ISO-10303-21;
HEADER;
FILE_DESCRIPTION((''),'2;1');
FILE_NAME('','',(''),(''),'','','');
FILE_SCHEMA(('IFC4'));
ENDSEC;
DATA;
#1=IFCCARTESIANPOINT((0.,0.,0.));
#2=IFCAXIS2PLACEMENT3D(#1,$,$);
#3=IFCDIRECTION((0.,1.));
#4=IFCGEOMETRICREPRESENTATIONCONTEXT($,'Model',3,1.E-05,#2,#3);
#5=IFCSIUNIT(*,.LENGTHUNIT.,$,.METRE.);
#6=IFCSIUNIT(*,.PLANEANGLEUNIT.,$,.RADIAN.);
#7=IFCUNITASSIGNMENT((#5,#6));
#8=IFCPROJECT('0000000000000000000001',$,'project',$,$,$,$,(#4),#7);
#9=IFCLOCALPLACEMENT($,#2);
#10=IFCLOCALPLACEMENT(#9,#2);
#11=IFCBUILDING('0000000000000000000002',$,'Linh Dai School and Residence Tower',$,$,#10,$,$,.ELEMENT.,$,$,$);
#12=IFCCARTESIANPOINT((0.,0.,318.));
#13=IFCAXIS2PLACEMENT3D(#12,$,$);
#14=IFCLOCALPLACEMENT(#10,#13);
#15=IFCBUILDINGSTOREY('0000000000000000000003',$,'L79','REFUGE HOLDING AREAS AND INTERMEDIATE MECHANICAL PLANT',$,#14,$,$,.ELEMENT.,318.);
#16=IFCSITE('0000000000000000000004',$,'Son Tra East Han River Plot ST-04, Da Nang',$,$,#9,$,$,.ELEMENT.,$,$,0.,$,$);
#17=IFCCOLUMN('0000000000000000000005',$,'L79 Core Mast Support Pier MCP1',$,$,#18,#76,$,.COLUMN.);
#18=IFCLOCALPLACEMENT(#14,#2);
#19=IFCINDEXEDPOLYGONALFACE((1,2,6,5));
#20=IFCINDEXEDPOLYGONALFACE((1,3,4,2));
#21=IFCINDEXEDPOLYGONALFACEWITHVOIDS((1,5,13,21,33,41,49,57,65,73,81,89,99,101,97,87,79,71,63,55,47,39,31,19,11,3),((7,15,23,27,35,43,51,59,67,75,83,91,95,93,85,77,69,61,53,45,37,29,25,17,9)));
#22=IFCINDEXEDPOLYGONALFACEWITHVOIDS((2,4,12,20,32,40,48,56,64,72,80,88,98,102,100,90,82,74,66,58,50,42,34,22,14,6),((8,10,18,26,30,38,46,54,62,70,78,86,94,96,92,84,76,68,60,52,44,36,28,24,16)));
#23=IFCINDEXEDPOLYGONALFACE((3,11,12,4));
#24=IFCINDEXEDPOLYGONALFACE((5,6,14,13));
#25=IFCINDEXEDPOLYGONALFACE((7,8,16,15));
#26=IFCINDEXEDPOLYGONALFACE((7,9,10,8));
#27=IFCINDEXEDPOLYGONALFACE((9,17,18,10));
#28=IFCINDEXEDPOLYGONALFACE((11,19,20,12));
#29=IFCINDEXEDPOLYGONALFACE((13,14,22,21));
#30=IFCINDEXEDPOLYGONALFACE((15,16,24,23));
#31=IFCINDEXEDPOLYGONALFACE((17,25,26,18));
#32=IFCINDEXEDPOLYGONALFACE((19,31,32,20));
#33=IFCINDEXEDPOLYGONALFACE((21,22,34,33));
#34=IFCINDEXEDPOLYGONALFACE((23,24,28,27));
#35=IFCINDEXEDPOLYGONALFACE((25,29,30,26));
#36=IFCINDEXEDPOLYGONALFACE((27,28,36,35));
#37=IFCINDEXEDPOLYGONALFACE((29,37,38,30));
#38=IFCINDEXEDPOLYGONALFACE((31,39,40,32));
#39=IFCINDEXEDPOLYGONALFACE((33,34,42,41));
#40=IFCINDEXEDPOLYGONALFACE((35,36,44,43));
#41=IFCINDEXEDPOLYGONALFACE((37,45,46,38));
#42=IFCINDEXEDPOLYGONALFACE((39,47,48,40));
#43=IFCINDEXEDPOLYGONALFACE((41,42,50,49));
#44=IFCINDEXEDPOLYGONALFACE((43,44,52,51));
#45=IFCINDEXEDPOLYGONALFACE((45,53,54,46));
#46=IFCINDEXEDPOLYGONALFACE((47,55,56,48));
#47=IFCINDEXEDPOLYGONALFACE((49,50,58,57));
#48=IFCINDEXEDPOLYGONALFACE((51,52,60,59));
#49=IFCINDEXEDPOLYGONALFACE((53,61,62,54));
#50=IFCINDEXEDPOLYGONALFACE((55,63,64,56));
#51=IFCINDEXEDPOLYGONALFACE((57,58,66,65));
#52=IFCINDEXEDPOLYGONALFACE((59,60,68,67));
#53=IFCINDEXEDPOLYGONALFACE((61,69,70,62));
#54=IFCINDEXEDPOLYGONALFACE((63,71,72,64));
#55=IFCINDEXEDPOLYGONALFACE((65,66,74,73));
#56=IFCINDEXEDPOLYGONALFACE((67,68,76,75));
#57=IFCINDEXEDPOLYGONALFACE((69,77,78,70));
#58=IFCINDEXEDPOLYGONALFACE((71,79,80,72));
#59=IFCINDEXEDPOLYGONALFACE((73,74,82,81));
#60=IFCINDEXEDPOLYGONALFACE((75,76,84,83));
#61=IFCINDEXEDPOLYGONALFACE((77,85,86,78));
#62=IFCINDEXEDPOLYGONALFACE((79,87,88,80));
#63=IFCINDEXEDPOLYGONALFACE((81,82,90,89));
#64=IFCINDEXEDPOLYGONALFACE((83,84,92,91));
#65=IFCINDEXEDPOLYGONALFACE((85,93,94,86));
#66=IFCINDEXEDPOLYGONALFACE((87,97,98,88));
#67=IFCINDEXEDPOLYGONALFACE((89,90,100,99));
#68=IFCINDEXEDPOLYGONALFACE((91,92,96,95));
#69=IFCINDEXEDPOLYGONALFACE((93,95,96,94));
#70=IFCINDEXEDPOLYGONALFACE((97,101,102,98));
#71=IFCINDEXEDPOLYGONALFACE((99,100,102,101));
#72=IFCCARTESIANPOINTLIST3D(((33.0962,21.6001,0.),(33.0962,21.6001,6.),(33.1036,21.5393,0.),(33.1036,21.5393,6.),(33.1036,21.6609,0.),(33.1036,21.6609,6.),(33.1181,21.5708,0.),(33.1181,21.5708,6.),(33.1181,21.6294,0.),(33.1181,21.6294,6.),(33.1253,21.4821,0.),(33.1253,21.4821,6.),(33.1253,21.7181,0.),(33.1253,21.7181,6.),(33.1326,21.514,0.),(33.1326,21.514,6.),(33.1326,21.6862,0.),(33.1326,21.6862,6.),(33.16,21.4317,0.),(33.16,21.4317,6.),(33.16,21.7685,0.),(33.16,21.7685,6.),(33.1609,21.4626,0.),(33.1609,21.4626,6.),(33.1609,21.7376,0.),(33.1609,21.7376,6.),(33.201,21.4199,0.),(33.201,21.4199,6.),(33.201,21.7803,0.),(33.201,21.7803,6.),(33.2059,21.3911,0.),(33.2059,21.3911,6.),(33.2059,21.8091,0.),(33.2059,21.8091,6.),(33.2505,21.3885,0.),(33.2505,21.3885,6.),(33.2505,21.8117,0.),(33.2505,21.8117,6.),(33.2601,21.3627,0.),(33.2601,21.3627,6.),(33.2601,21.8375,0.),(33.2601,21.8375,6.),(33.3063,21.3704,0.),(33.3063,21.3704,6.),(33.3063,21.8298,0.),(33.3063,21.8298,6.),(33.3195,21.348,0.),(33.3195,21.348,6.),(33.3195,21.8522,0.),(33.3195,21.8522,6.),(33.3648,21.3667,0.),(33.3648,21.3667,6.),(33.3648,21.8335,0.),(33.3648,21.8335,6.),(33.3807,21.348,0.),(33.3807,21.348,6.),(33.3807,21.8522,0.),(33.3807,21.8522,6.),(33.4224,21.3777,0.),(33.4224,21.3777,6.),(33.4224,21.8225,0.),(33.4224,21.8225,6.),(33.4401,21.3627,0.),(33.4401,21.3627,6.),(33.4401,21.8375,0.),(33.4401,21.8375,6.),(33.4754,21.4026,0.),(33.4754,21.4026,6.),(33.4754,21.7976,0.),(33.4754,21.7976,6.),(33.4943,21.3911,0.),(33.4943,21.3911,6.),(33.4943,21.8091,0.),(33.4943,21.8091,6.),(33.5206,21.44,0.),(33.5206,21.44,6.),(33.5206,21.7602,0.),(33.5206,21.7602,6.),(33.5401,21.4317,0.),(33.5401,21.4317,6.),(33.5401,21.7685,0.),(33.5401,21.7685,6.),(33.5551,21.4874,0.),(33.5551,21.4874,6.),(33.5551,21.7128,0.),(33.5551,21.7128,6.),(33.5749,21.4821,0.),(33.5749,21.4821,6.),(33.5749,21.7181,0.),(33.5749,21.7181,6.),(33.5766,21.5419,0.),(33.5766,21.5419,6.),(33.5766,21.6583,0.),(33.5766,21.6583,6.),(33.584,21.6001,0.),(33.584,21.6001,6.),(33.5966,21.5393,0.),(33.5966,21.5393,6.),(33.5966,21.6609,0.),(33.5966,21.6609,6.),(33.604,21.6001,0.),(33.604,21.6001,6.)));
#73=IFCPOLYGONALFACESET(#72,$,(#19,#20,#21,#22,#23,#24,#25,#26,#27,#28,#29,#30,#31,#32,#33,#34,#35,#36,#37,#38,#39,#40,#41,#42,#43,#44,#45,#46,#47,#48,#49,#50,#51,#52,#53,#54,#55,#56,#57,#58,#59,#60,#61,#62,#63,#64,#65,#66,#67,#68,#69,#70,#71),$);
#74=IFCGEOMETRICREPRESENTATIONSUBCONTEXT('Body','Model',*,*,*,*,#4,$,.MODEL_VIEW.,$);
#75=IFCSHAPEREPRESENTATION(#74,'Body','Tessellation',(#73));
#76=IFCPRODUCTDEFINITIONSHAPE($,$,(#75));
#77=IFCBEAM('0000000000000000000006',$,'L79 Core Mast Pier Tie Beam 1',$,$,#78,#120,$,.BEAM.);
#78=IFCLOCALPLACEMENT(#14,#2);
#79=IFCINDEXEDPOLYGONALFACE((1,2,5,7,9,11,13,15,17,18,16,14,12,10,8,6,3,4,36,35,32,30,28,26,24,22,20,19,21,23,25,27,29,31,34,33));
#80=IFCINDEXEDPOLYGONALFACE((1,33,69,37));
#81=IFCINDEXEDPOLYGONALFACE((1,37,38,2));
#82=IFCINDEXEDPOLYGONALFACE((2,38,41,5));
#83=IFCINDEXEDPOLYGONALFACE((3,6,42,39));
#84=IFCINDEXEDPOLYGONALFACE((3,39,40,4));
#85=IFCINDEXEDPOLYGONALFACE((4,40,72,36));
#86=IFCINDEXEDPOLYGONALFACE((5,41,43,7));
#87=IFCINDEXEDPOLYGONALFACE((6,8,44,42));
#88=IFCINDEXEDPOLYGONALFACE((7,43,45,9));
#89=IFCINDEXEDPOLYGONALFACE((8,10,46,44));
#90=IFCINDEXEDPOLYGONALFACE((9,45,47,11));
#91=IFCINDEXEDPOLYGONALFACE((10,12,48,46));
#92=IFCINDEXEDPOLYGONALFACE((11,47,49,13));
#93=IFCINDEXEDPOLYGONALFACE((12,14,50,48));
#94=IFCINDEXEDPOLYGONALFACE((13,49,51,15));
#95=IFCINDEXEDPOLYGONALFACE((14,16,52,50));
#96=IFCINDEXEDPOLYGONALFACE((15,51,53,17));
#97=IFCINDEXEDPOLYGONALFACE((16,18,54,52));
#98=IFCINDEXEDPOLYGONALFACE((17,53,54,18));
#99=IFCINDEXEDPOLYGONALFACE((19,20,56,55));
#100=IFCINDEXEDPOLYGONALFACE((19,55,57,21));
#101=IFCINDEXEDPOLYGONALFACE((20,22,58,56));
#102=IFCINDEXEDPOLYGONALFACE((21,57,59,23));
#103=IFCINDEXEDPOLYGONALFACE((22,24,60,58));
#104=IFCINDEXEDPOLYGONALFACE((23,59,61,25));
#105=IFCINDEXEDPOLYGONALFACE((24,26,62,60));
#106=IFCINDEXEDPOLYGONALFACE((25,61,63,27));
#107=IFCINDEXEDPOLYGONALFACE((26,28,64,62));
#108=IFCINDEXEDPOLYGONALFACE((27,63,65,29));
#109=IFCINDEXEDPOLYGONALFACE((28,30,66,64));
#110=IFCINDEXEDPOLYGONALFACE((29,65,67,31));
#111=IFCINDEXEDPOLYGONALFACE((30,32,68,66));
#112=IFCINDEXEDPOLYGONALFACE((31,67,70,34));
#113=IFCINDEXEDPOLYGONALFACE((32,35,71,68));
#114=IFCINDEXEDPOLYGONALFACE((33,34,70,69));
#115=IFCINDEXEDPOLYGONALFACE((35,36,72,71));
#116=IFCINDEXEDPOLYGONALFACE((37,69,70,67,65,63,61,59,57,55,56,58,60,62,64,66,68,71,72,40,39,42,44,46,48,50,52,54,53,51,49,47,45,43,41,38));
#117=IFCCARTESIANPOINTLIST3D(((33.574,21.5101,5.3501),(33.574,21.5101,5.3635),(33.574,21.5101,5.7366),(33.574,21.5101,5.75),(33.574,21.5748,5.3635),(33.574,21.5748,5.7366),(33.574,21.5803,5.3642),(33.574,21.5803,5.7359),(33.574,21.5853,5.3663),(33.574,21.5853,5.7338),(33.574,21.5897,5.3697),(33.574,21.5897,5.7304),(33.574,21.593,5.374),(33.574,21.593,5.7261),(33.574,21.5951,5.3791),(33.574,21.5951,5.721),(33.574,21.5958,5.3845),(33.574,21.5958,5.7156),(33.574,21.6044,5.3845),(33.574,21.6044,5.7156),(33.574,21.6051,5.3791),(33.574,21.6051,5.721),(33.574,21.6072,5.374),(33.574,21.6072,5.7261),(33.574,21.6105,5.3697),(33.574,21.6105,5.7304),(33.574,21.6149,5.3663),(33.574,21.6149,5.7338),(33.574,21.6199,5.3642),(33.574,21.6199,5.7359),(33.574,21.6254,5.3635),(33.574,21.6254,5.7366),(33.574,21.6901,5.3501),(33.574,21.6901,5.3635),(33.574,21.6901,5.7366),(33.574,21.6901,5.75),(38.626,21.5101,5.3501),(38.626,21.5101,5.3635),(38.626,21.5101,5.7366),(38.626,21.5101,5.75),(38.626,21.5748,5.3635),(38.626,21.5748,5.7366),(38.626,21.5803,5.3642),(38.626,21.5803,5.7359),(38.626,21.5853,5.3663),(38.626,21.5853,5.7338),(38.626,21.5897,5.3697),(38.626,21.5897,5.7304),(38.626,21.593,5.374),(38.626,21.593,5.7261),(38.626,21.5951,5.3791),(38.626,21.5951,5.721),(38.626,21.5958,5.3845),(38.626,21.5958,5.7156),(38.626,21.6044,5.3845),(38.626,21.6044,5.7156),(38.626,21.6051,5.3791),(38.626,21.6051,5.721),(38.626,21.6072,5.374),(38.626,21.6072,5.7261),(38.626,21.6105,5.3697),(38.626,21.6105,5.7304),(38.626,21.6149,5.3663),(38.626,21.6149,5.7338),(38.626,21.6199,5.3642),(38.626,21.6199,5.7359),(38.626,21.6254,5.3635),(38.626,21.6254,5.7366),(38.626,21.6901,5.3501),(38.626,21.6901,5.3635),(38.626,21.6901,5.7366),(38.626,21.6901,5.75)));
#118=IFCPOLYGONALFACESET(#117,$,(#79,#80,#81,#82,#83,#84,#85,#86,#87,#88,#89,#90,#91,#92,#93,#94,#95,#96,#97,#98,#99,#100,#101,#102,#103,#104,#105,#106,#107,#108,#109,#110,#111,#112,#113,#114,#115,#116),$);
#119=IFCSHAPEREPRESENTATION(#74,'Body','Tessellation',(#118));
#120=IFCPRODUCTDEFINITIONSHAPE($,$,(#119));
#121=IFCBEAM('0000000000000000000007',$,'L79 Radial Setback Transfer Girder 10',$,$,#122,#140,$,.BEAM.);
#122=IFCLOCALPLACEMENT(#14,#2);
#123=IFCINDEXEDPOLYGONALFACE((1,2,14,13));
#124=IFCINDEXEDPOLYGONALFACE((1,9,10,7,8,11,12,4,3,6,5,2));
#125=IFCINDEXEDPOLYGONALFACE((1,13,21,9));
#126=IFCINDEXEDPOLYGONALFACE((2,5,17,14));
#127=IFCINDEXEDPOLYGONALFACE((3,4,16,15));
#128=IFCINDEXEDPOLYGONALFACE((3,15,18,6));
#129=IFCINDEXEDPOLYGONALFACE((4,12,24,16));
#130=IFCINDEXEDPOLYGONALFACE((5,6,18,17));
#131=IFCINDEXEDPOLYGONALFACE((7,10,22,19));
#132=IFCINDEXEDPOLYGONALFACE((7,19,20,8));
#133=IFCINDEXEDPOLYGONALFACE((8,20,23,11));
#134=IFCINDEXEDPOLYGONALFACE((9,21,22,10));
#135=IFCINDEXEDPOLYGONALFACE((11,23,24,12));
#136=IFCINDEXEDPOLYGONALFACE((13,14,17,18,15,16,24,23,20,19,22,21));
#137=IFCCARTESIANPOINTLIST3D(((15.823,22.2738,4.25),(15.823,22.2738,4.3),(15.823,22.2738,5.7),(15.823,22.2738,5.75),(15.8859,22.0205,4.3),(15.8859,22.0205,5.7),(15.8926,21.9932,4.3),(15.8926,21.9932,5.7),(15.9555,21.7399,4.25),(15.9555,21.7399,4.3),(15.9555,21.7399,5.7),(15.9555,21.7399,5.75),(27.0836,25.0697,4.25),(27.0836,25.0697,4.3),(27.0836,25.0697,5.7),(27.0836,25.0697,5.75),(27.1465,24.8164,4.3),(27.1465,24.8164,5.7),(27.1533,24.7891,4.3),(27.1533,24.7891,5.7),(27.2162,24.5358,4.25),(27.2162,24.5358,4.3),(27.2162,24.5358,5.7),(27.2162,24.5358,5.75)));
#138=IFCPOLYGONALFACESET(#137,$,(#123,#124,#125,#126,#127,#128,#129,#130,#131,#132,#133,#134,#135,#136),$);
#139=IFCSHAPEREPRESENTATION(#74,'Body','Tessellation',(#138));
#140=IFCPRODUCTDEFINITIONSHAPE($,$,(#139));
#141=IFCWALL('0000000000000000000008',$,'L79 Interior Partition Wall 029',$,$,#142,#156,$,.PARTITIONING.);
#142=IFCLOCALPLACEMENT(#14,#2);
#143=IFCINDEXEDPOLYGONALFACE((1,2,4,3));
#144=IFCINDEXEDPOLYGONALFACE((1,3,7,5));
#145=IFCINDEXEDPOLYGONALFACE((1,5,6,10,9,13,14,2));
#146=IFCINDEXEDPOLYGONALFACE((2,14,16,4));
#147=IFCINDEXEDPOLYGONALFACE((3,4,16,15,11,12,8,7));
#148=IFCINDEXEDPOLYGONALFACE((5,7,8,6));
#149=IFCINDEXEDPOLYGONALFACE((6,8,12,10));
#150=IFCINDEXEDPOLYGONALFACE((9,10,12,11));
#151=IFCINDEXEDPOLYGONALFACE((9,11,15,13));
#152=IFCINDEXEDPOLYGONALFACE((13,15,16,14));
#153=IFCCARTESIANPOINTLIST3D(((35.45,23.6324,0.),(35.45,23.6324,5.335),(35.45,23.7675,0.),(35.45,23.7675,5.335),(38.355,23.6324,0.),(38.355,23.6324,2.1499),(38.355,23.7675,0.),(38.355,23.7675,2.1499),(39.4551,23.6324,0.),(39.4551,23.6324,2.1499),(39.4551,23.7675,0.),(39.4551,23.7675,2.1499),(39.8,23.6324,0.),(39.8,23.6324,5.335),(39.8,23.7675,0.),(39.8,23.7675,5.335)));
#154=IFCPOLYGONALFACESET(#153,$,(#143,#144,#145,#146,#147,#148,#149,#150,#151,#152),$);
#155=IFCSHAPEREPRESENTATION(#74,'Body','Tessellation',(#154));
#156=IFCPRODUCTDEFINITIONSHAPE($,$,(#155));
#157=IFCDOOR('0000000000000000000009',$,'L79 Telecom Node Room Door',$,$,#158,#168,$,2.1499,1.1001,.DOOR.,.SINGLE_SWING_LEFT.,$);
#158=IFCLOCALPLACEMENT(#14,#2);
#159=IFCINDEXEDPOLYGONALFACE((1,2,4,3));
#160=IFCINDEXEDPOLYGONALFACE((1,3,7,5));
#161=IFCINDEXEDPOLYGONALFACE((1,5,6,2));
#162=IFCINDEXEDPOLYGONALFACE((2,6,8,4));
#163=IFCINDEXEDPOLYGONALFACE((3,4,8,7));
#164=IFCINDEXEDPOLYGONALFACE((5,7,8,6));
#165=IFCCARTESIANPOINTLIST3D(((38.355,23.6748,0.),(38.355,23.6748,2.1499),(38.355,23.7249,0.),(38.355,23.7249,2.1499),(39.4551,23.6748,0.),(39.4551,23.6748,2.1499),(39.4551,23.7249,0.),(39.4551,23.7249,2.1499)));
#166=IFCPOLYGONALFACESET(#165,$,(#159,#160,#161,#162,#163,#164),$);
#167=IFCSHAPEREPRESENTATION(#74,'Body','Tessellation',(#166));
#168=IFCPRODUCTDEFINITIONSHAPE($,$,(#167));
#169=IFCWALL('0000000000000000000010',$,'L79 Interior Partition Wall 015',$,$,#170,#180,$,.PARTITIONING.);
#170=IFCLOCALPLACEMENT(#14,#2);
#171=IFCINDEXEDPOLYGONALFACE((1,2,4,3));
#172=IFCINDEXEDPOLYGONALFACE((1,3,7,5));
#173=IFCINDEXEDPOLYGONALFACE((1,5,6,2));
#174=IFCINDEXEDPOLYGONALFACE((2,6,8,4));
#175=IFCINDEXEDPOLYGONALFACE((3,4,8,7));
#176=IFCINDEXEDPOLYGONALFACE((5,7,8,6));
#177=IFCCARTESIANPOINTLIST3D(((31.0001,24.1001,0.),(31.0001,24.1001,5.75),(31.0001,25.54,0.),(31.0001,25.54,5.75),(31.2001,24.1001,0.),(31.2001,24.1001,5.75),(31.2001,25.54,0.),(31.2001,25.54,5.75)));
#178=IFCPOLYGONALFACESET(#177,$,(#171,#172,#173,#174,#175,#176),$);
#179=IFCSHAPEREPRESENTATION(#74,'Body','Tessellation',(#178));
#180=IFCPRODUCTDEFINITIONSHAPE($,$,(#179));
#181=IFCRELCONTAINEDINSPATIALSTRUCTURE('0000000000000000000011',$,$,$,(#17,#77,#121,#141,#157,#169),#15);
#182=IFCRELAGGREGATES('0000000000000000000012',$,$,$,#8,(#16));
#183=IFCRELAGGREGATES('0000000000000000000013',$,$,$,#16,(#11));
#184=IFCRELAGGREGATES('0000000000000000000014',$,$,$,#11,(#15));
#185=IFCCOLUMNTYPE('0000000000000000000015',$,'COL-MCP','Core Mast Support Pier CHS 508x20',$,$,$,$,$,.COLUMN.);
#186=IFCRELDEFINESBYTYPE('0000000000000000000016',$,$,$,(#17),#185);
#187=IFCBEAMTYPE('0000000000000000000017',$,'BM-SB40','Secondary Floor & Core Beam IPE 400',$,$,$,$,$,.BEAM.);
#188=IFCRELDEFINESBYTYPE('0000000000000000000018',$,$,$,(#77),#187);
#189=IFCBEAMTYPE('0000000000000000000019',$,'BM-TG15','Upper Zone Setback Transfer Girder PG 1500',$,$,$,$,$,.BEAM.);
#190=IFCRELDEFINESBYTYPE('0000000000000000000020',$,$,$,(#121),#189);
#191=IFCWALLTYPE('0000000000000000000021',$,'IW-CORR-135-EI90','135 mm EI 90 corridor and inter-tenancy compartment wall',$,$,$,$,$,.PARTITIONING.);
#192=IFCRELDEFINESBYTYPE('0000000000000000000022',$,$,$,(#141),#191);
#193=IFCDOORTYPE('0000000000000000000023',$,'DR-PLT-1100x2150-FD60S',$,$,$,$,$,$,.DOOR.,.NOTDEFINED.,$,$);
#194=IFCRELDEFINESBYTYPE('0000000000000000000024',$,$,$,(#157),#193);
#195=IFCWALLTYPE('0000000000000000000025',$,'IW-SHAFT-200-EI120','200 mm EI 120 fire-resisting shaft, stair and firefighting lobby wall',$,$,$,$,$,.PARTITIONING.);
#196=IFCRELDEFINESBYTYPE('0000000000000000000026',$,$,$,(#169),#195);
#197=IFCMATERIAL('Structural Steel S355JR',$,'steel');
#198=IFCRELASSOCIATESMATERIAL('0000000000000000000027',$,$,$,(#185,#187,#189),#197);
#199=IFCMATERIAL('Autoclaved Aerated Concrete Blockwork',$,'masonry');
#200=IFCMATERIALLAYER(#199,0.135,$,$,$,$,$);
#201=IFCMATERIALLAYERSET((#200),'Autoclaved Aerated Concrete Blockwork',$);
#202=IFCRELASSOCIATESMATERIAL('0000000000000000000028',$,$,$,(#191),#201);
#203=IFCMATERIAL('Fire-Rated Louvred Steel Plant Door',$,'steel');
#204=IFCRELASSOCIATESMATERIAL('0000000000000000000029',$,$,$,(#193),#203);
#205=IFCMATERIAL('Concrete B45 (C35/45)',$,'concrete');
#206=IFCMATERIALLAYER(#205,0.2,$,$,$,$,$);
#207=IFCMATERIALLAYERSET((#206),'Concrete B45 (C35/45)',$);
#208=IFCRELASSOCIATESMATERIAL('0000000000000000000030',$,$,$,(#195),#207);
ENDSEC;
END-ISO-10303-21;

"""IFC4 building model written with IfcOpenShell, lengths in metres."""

from ifc_helpers import new_model, si_unit, direction, frame, frame_2d, origin, origin_2d, place, context, subcontext, project, spatial, rectangle, hollow_circle, i_section, extrude, source, transform, mapped, material, layer, layer_set, material_profile, profile_set, type_object, element, fill, save


model = new_model("IFC4")

# Units and contexts
model_context = context("Model", 3, precision=1e-05, world=origin(), true_north=direction((0.0, 1.0)))
body_context = subcontext(model_context, "Body", "Model", "MODEL_VIEW")
ifc_project = project(units=[si_unit("LENGTHUNIT", "METRE"), si_unit("PLANEANGLEUNIT", "RADIAN")], contexts=[model_context])

# Site, building, storey
site_placement = place(None, origin())
site = spatial("IfcSite", under=ifc_project, at=site_placement, Name="Son Tra East Han River Plot ST-04, Da Nang", CompositionType="ELEMENT", RefElevation=0.0)
building_placement = place(site_placement, origin())
building = spatial("IfcBuilding", under=site, at=building_placement, Name="Linh Dai School and Residence Tower", CompositionType="ELEMENT")
storey_placement = place(building_placement, frame((0.0, 0.0, 318.0)))
storey = spatial("IfcBuildingStorey", under=building, at=storey_placement, Name="L79", Description="REFUGE HOLDING AREAS AND INTERMEDIATE MECHANICAL PLANT", CompositionType="ELEMENT", Elevation=318.0)

# Column
ifc_material_1 = material(Name="Structural Steel S355JR", Category="steel")
ifc_material_profile_1 = material_profile(ifc_material_1, hollow_circle(Radius=0.2539, WallThickness=0.02, at=origin_2d()), Name="CHS 508x20")
ifc_profile_set_1 = profile_set([ifc_material_profile_1], Name="Structural Steel S355JR")
column_type_1 = type_object("IfcColumnType", Name="COL-MCP", Description="Core Mast Support Pier CHS 508x20", PredefinedType="COLUMN", material=ifc_profile_set_1)
column_placement = place(storey_placement, frame((33.3501, 21.6001, 0.0), z_axis=(0.0, 0.0, 1.0), x_axis=(1.0, 0.0, 0.0)))
element("IfcColumn", 1, at=column_placement, inside=storey, type_object=column_type_1, Name="L79 Core Mast Support Pier MCP1", PredefinedType="COLUMN", context=body_context, shape_type="SweptSolid", body=[
    extrude(hollow_circle(Radius=0.2539, WallThickness=0.02, at=origin_2d()), origin(), (0.0, 0.0, 1.0), 6.0),
])

# Beams
ifc_material_profile_2 = material_profile(ifc_material_1, i_section(OverallWidth=0.1799, OverallDepth=0.3999, WebThickness=0.0085, FlangeThickness=0.0134, FilletRadius=0.021, at=origin_2d()), Name="IPE 400")
ifc_profile_set_2 = profile_set([ifc_material_profile_2], Name="Structural Steel S355JR")
beam_type_1 = type_object("IfcBeamType", Name="BM-SB40", Description="Secondary Floor & Core Beam IPE 400", PredefinedType="BEAM", material=ifc_profile_set_2)
beam_1_placement = place(storey_placement, frame((33.574, 21.6001, 5.55), z_axis=(1.0, 0.0, 0.0), x_axis=(0.0, 1.0, 0.0)))
element("IfcBeam", 2, at=beam_1_placement, inside=storey, type_object=beam_type_1, Name="L79 Core Mast Pier Tie Beam 1", PredefinedType="BEAM", context=body_context, shape_type="SweptSolid", body=[
    extrude(i_section(OverallWidth=0.1799, OverallDepth=0.3999, WebThickness=0.0085, FlangeThickness=0.0134, FilletRadius=0.021, at=origin_2d()), origin(), (0.0, 0.0, 1.0), 5.052),
])
ifc_material_profile_3 = material_profile(ifc_material_1, i_section(OverallWidth=0.55, OverallDepth=1.5, WebThickness=0.0281, FlangeThickness=0.05, at=origin_2d()), Name="PG 1500x550x28x50")
ifc_profile_set_3 = profile_set([ifc_material_profile_3], Name="Structural Steel S355JR")
beam_type_2 = type_object("IfcBeamType", Name="BM-TG15", Description="Upper Zone Setback Transfer Girder PG 1500", PredefinedType="BEAM", material=ifc_profile_set_3)
beam_2_placement = place(storey_placement, frame((27.1499, 24.8027, 5.0), z_axis=(-0.970532, -0.240971, 0.0), x_axis=(0.240971, -0.970532, 0.0)))
element("IfcBeam", 3, at=beam_2_placement, inside=storey, type_object=beam_type_2, Name="L79 Radial Setback Transfer Girder 10", PredefinedType="BEAM", context=body_context, shape_type="SweptSolid", body=[
    extrude(i_section(OverallWidth=0.55, OverallDepth=1.5, WebThickness=0.0281, FlangeThickness=0.05, at=origin_2d()), origin(), (0.0, 0.0, 1.0), 11.6025),
])

# Wall, opening, door
ifc_material_2 = material(Name="Autoclaved Aerated Concrete Blockwork", Category="masonry")
ifc_layer_1 = layer(ifc_material_2, 0.135)
ifc_layer_set_1 = layer_set([ifc_layer_1], Name="Autoclaved Aerated Concrete Blockwork")
wall_type_1 = type_object("IfcWallType", Name="IW-CORR-135-EI90", Description="135 mm EI 90 corridor and inter-tenancy compartment wall", PredefinedType="PARTITIONING", material=ifc_layer_set_1)
wall_1_placement = place(storey_placement, frame((35.45, 23.7, 0.0), z_axis=(0.0, 0.0, 1.0), x_axis=(1.0, 0.0, 0.0)))
wall_1 = element("IfcWall", 4, at=wall_1_placement, inside=storey, type_object=wall_type_1, Name="L79 Interior Partition Wall 029", PredefinedType="PARTITIONING", context=body_context, shape_type="SweptSolid", body=[
    extrude(rectangle(XDim=4.3501, YDim=0.135, at=frame_2d((2.175, 0.0))), origin(), (0.0, 0.0, 1.0), 5.335),
])
opening_1_placement = place(wall_1_placement, frame((2.905, 0.0, 0.0)))
opening_1 = element("IfcOpeningElement", 5, at=opening_1_placement, cuts=wall_1, PredefinedType="OPENING", context=body_context, shape_type="SweptSolid", body=[
    extrude(rectangle(XDim=1.1001, YDim=2.1499, at=origin_2d()), frame((0.55, 0.0776, 1.075), z_axis=(0.0, -1.0, 0.0), x_axis=(1.0, 0.0, 0.0)), (0.0, 0.0, 1.0), 0.155),
])
ifc_material_3 = material(Name="Fire-Rated Louvred Steel Plant Door", Category="steel")
door_type_1 = type_object("IfcDoorType", Name="DR-PLT-1100x2150-FD60S", OperationType="NOTDEFINED", PredefinedType="DOOR", material=ifc_material_3)
shared_shape_1 = source(origin(), body_context, "Body", "SweptSolid", [
    extrude(rectangle(XDim=1.1001, YDim=2.1499, at=origin_2d()), frame((0.55, 0.0249, 1.075), z_axis=(0.0, -1.0, 0.0), x_axis=(1.0, 0.0, 0.0)), (0.0, 0.0, 1.0), 0.05),
])
door_1_placement = place(opening_1_placement, origin())
door_1 = element("IfcDoor", 6, at=door_1_placement, inside=storey, type_object=door_type_1, Name="L79 Telecom Node Room Door", OperationType="SINGLE_SWING_LEFT", OverallHeight=2.1499, OverallWidth=1.1001, PredefinedType="DOOR", context=body_context, shape_type="MappedRepresentation", body=[
    mapped(shared_shape_1, transform((0.0, 0.0, 0.0), x_axis=(1.0, 0.0, 0.0), y_axis=(0.0, 1.0, 0.0), z_axis=(0.0, 0.0, 1.0), scale=1.0)),
])
fill(opening_1, door_1)
ifc_material_4 = material(Name="Concrete B45 (C35/45)", Category="concrete")
ifc_layer_2 = layer(ifc_material_4, 0.2)
ifc_layer_set_2 = layer_set([ifc_layer_2], Name="Concrete B45 (C35/45)")
wall_type_2 = type_object("IfcWallType", Name="IW-SHAFT-200-EI120", Description="200 mm EI 120 fire-resisting shaft, stair and firefighting lobby wall", PredefinedType="PARTITIONING", material=ifc_layer_set_2)

# Wall
wall_2_placement = place(storey_placement, frame((31.1001, 24.1001, 0.0), z_axis=(0.0, 0.0, 1.0), x_axis=(0.0, 1.0, 0.0)))
element("IfcWall", 7, at=wall_2_placement, inside=storey, type_object=wall_type_2, Name="L79 Interior Partition Wall 015", PredefinedType="PARTITIONING", context=body_context, shape_type="SweptSolid", body=[
    extrude(rectangle(XDim=1.4399, YDim=0.2, at=frame_2d((0.72, 0.0))), origin(), (0.0, 0.0, 1.0), 5.75),
])

save(model, "model.ifc")
